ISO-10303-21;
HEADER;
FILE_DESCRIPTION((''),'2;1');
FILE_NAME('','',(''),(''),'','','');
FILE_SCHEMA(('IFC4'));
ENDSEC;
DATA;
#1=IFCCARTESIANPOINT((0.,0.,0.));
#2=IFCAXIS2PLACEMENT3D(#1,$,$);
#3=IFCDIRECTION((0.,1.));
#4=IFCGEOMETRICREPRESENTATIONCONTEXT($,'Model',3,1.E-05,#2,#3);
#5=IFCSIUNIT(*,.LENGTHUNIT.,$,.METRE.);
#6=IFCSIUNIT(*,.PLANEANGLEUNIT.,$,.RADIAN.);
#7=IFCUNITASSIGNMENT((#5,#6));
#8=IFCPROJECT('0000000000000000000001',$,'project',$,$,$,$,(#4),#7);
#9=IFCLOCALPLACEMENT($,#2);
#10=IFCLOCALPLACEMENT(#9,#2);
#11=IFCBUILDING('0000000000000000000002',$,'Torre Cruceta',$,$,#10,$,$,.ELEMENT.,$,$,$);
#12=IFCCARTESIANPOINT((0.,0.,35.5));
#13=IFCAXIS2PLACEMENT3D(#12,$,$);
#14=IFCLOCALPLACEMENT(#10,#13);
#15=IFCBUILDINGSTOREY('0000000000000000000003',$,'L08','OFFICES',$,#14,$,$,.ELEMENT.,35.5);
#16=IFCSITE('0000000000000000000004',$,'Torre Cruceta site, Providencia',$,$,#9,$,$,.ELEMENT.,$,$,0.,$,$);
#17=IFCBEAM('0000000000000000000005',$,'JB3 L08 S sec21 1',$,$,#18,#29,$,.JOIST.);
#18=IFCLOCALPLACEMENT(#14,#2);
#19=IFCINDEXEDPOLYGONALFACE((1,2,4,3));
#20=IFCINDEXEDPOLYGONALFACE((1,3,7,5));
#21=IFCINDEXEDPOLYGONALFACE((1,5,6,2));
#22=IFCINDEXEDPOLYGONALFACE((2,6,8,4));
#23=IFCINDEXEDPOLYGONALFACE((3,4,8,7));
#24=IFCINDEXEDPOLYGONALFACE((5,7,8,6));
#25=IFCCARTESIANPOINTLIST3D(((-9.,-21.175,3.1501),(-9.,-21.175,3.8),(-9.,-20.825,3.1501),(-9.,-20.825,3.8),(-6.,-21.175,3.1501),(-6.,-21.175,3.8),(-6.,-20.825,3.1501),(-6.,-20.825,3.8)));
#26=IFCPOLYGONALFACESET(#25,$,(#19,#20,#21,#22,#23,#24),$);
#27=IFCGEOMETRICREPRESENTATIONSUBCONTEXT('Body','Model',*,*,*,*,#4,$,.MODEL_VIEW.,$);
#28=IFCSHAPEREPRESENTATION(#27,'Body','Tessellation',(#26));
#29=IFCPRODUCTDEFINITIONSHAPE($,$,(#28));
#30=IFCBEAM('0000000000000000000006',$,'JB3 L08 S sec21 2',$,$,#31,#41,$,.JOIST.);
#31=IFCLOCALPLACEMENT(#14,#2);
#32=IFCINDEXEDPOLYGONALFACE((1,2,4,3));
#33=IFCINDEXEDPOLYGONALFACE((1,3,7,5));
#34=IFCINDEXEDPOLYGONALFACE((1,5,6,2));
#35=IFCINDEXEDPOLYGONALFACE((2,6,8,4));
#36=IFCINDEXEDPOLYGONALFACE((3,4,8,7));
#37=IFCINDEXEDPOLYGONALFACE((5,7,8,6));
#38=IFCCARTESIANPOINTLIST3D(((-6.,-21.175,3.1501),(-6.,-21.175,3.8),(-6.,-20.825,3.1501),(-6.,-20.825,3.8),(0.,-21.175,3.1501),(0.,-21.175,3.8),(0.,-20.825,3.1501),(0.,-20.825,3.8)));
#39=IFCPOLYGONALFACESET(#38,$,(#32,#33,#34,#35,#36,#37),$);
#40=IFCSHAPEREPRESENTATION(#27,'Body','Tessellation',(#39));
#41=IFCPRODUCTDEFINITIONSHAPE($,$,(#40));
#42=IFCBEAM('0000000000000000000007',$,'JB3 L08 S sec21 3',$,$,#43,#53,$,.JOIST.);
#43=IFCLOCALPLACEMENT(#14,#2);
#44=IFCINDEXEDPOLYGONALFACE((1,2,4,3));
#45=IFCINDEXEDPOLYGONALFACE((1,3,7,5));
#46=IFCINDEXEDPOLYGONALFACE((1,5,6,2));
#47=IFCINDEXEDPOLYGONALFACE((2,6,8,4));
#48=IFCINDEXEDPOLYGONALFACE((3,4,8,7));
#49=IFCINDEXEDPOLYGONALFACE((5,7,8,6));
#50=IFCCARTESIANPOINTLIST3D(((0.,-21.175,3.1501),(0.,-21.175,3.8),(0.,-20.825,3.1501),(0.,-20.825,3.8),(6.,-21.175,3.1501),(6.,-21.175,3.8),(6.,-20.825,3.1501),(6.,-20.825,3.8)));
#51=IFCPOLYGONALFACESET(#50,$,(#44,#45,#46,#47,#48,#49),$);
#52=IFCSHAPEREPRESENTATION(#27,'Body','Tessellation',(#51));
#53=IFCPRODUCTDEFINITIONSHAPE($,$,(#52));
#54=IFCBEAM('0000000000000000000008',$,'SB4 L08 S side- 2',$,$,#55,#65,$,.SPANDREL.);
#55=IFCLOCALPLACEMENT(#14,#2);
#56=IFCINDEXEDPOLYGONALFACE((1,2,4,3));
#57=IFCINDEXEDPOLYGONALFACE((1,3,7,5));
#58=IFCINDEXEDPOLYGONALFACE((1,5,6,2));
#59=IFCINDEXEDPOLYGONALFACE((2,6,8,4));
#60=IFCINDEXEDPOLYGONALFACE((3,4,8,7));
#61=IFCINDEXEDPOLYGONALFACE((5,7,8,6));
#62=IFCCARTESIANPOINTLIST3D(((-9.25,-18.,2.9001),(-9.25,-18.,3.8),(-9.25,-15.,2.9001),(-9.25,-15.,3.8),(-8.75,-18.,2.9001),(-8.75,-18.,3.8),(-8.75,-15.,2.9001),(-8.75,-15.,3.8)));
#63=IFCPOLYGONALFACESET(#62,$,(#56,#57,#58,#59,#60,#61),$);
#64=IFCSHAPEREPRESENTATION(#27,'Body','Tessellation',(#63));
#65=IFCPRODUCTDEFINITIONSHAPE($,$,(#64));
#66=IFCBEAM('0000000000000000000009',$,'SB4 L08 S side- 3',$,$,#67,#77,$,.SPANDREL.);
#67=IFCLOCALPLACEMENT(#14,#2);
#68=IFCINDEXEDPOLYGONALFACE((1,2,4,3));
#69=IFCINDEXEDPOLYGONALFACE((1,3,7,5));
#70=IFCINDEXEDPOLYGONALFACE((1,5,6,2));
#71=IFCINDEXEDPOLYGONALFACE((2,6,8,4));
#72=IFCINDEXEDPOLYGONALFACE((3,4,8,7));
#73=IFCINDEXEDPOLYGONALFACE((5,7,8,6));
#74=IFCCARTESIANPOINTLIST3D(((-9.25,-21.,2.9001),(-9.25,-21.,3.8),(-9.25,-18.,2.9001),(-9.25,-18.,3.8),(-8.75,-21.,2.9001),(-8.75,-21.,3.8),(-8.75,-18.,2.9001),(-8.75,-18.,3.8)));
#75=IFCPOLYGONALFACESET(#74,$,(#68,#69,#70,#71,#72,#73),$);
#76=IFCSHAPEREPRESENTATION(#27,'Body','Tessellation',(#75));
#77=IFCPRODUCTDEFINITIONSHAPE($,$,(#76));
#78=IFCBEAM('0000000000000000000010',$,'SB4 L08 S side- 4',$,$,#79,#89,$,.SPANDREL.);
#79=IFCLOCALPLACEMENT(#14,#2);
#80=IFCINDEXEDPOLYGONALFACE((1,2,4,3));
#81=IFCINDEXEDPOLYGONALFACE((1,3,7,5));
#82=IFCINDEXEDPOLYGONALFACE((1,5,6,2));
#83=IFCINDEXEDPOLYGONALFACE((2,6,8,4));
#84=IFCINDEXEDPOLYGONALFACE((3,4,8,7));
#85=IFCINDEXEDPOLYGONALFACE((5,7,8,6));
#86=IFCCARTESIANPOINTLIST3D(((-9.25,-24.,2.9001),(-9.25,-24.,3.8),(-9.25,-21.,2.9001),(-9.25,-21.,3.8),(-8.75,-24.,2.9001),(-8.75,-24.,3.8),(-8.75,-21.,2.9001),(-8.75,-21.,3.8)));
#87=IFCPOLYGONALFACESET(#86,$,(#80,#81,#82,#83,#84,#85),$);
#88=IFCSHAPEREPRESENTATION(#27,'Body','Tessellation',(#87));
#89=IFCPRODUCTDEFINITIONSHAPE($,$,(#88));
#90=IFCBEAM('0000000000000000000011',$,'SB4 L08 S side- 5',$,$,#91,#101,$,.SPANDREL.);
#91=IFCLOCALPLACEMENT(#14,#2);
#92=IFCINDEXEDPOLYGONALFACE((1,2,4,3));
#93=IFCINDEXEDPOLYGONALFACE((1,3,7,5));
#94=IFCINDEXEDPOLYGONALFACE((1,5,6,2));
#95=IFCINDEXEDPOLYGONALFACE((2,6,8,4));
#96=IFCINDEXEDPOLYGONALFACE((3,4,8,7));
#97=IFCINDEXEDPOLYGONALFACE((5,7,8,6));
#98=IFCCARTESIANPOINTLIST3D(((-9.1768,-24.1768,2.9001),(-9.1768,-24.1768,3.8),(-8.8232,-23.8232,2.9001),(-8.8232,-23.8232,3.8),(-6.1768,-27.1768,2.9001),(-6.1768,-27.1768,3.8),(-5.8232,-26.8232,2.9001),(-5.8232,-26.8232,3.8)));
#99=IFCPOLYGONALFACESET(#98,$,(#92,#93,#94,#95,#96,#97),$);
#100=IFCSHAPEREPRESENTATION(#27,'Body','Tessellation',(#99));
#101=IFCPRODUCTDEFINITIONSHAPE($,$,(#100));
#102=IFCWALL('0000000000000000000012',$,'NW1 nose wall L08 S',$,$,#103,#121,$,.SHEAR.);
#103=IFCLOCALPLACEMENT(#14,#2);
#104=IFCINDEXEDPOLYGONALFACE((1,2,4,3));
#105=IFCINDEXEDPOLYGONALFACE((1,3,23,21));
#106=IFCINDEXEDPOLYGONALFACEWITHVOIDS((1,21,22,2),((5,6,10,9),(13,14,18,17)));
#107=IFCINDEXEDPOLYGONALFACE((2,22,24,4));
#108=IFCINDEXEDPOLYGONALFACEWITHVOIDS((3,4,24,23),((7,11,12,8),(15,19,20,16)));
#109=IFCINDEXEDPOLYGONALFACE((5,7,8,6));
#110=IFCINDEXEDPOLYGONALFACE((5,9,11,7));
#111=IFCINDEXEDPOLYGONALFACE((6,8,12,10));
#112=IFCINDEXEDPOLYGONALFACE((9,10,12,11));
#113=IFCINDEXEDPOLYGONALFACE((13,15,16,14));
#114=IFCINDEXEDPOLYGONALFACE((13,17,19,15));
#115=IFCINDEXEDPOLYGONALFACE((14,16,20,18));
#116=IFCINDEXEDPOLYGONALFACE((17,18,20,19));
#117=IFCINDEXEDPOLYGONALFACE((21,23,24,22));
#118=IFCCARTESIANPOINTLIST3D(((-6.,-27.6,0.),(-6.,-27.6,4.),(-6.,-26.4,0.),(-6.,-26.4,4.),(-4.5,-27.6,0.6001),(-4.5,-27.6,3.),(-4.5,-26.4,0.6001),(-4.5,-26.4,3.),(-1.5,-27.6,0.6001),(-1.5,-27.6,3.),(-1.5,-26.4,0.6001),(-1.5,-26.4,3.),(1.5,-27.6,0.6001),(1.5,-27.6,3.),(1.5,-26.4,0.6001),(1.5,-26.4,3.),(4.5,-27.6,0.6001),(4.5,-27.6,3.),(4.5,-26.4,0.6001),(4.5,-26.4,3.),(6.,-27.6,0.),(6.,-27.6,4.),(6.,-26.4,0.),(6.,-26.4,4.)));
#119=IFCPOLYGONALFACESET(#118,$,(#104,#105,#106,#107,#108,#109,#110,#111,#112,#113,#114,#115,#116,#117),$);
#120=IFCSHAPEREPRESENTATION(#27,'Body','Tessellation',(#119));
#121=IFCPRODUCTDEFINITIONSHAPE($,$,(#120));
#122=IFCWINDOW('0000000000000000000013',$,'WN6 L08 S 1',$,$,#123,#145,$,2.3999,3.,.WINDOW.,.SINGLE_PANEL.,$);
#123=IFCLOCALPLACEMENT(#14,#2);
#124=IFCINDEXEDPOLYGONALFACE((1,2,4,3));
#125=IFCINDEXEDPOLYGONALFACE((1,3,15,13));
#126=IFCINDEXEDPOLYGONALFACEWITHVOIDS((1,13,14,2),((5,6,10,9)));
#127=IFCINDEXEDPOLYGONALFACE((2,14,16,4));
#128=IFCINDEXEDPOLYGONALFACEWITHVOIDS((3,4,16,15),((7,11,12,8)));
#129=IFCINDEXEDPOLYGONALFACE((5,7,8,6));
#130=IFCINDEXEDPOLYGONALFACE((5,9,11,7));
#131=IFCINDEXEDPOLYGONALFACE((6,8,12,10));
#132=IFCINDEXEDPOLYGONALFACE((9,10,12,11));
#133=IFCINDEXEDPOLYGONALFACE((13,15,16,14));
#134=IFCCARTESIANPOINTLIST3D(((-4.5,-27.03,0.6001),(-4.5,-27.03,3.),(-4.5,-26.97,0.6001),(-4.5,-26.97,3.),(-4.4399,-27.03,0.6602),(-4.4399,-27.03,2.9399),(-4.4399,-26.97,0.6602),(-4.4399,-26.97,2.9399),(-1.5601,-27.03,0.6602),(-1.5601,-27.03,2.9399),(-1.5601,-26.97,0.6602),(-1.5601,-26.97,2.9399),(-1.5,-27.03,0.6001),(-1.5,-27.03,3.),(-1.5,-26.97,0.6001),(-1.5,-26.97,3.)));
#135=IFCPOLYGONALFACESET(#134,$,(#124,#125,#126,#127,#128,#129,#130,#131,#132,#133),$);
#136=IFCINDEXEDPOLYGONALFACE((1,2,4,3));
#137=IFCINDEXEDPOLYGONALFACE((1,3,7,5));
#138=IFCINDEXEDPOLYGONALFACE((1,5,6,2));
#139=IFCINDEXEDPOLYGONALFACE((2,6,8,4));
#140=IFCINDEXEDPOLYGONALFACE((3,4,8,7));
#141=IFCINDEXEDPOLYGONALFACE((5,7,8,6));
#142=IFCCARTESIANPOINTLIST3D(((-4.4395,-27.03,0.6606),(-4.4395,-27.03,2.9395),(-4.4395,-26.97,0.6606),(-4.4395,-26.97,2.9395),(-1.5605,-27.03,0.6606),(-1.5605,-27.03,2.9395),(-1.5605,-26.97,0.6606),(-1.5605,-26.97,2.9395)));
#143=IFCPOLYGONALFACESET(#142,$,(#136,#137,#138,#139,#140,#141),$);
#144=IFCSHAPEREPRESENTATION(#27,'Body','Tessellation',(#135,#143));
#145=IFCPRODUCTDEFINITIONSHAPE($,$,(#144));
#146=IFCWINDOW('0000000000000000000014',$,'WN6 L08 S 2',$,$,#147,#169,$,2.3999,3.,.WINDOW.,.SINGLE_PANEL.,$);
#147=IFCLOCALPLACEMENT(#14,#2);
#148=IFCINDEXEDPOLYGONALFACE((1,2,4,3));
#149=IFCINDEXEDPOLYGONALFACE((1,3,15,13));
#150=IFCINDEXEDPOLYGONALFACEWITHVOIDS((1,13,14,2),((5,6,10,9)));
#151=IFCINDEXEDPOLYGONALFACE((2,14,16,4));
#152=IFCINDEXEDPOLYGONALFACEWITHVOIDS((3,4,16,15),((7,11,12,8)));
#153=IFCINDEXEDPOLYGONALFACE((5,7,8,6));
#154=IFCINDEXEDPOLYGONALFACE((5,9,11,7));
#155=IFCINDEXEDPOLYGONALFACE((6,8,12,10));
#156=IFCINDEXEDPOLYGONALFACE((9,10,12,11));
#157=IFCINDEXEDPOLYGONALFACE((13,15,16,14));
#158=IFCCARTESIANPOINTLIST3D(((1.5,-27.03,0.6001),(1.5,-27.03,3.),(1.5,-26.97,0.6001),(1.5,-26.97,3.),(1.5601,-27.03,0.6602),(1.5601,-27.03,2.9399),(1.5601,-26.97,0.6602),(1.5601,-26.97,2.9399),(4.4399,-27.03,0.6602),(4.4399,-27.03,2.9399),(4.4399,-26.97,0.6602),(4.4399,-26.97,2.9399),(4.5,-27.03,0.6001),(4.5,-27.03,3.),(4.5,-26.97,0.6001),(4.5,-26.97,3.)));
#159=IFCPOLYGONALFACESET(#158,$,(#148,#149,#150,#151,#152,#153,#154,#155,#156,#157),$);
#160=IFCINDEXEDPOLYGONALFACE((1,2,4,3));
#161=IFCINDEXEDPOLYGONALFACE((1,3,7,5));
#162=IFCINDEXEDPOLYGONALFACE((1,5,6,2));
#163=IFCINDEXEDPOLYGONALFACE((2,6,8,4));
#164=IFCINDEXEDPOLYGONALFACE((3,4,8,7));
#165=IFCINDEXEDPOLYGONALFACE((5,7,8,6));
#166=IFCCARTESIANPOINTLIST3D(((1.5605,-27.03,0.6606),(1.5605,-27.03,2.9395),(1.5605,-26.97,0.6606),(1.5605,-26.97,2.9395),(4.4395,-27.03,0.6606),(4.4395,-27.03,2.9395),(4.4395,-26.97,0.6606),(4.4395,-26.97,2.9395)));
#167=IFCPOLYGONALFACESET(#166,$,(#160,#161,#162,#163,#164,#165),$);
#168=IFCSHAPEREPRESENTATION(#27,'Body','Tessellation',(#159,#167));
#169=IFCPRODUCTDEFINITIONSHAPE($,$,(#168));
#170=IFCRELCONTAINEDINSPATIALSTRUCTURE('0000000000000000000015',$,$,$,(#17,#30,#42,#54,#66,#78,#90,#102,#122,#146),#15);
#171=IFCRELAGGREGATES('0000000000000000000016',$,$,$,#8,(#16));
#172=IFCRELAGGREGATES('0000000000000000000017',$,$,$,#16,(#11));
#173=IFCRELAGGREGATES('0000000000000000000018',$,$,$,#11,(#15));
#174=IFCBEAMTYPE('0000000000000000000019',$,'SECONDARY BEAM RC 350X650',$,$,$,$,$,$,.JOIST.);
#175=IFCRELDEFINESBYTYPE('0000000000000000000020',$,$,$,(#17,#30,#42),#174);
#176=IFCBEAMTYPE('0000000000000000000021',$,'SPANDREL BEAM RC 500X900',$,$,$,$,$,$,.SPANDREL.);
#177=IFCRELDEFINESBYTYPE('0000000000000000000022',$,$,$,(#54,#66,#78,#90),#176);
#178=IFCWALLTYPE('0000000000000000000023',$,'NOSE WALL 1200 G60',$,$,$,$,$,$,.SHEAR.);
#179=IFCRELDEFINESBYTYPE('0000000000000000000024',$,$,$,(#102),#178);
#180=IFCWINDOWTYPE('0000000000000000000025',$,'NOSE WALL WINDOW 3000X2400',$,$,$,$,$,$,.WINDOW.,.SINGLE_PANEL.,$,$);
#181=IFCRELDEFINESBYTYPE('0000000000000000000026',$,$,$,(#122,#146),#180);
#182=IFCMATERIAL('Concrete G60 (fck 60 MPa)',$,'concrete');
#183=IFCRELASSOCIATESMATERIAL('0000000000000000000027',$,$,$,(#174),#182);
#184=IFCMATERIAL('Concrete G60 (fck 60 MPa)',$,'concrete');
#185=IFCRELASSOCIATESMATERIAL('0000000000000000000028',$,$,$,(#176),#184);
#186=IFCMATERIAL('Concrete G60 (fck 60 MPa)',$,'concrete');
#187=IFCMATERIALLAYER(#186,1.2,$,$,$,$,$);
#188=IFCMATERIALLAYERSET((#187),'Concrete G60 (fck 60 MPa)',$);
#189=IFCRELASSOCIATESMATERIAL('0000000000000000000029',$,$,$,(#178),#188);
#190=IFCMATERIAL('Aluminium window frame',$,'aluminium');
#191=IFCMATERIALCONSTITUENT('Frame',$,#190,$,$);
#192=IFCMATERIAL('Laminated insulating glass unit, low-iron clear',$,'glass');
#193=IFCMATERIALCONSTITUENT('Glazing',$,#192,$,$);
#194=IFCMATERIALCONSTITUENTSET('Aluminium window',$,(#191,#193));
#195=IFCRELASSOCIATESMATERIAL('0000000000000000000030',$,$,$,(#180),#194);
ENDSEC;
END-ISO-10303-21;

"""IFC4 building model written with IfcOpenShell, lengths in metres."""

from ifc_helpers import new_model, si_unit, direction, frame, frame_2d, origin, origin_2d, place, context, subcontext, project, spatial, rectangle, hollow_rectangle, extrude, material, layer, layer_set, constituent, constituent_set, material_profile, profile_set, type_object, element, fill, save


model = new_model("IFC4")

# Units and contexts
model_context = context("Model", 3, precision=1e-05, world=origin(), true_north=direction((0.0, 1.0)))
body_context = subcontext(model_context, "Body", "Model", "MODEL_VIEW")
ifc_project = project(units=[si_unit("LENGTHUNIT", "METRE"), si_unit("PLANEANGLEUNIT", "RADIAN")], contexts=[model_context])

# Site, building, storey
site_placement = place(None, origin())
site = spatial("IfcSite", under=ifc_project, at=site_placement, Name="Torre Cruceta site, Providencia", CompositionType="ELEMENT", RefElevation=0.0)
building_placement = place(site_placement, origin())
building = spatial("IfcBuilding", under=site, at=building_placement, Name="Torre Cruceta", CompositionType="ELEMENT")
storey_placement = place(building_placement, frame((0.0, 0.0, 35.5)))
storey = spatial("IfcBuildingStorey", under=building, at=storey_placement, Name="L08", Description="OFFICES", CompositionType="ELEMENT", Elevation=35.5)

# Beams
ifc_material_1 = material(Name="Concrete G60 (fck 60 MPa)", Category="concrete")
ifc_material_profile_1 = material_profile(ifc_material_1, rectangle(XDim=0.3501, YDim=0.6499, at=origin_2d()), Name="RC 350X650")
ifc_profile_set_1 = profile_set([ifc_material_profile_1], Name="Concrete G60 (fck 60 MPa)")
beam_type_1 = type_object("IfcBeamType", Name="SECONDARY BEAM RC 350X650", PredefinedType="JOIST", material=ifc_profile_set_1)
beam_1_placement = place(storey_placement, frame((-9.0, -21.0, 3.4751), z_axis=(1.0, 0.0, 0.0), x_axis=(0.0, 1.0, 0.0)))
element("IfcBeam", 1, at=beam_1_placement, inside=storey, type_object=beam_type_1, Name="JB3 L08 S sec21 1", PredefinedType="JOIST", context=body_context, shape_type="SweptSolid", body=[
    extrude(rectangle(XDim=0.3501, YDim=0.6499, at=origin_2d()), origin(), (0.0, 0.0, 1.0), 3.0),
])
for number, where, z_axis, x_axis, name in (
    (2, (-6.0, -21.0, 3.4751), (1.0, 0.0, 0.0), (0.0, 1.0, 0.0), "JB3 L08 S sec21 2"),
    (3, (0.0, -21.0, 3.4751), (1.0, 0.0, 0.0), (0.0, 1.0, 0.0), "JB3 L08 S sec21 3"),
):
    element("IfcBeam", number, at=place(storey_placement, frame(where, z_axis=z_axis, x_axis=x_axis)), inside=storey, type_object=beam_type_1, Name=name, PredefinedType="JOIST", context=body_context, shape_type="SweptSolid", body=[
        extrude(rectangle(XDim=0.3501, YDim=0.6499, at=origin_2d()), origin(), (0.0, 0.0, 1.0), 6.0),
    ])
ifc_material_2 = material(Name="Concrete G60 (fck 60 MPa)", Category="concrete")
ifc_material_profile_2 = material_profile(ifc_material_2, rectangle(XDim=0.5, YDim=0.8999, at=origin_2d()), Name="RC 500X900")
ifc_profile_set_2 = profile_set([ifc_material_profile_2], Name="Concrete G60 (fck 60 MPa)")
beam_type_2 = type_object("IfcBeamType", Name="SPANDREL BEAM RC 500X900", PredefinedType="SPANDREL", material=ifc_profile_set_2)
for number, where, z_axis, x_axis, name in (
    (4, (-9.0, -15.0, 3.3501), (0.0, -1.0, 0.0), (1.0, 0.0, 0.0), "SB4 L08 S side- 2"),
    (5, (-9.0, -18.0, 3.3501), (0.0, -1.0, 0.0), (1.0, 0.0, 0.0), "SB4 L08 S side- 3"),
    (6, (-9.0, -21.0, 3.3501), (0.0, -1.0, 0.0), (1.0, 0.0, 0.0), "SB4 L08 S side- 4"),
):
    element("IfcBeam", number, at=place(storey_placement, frame(where, z_axis=z_axis, x_axis=x_axis)), inside=storey, type_object=beam_type_2, Name=name, PredefinedType="SPANDREL", context=body_context, shape_type="SweptSolid", body=[
        extrude(rectangle(XDim=0.5, YDim=0.8999, at=origin_2d()), origin(), (0.0, 0.0, 1.0), 3.0),
    ])
beam_2_placement = place(storey_placement, frame((-9.0, -24.0, 3.3501), z_axis=(0.707107, -0.707107, 0.0), x_axis=(0.707107, 0.707107, 0.0)))
element("IfcBeam", 7, at=beam_2_placement, inside=storey, type_object=beam_type_2, Name="SB4 L08 S side- 5", PredefinedType="SPANDREL", context=body_context, shape_type="SweptSolid", body=[
    extrude(rectangle(XDim=0.5, YDim=0.8999, at=origin_2d()), origin(), (0.0, 0.0, 1.0), 4.2427),
])

# Wall, openings, windows
ifc_material_3 = material(Name="Concrete G60 (fck 60 MPa)", Category="concrete")
ifc_layer_1 = layer(ifc_material_3, 1.2)
ifc_layer_set_1 = layer_set([ifc_layer_1], Name="Concrete G60 (fck 60 MPa)")
wall_type_1 = type_object("IfcWallType", Name="NOSE WALL 1200 G60", PredefinedType="SHEAR", material=ifc_layer_set_1)
wall_1_placement = place(storey_placement, frame((-6.0, -27.0, 0.0), z_axis=(0.0, 0.0, 1.0), x_axis=(1.0, 0.0, 0.0)))
wall_1 = element("IfcWall", 8, at=wall_1_placement, inside=storey, type_object=wall_type_1, Name="NW1 nose wall L08 S", PredefinedType="SHEAR", context=body_context, shape_type="SweptSolid", body=[
    extrude(rectangle(XDim=12.0, YDim=1.2, at=frame_2d((6.0, 0.0))), origin(), (0.0, 0.0, 1.0), 4.0),
])
opening_1_placement = place(wall_1_placement, frame((1.5, 0.0, 0.6001)))
opening_1 = element("IfcOpeningElement", 9, at=opening_1_placement, cuts=wall_1, PredefinedType="OPENING", context=body_context, shape_type="SweptSolid", body=[
    extrude(rectangle(XDim=3.0, YDim=2.3999, at=frame_2d((1.5, 1.2))), frame((0.0, 0.6099, 0.0), z_axis=(0.0, -1.0, 0.0), x_axis=(1.0, 0.0, 0.0)), (0.0, 0.0, 1.0), 1.22),
])
opening_2_placement = place(wall_1_placement, frame((7.5, 0.0, 0.6001)))
opening_2 = element("IfcOpeningElement", 10, at=opening_2_placement, cuts=wall_1, PredefinedType="OPENING", context=body_context, shape_type="SweptSolid", body=[
    extrude(rectangle(XDim=3.0, YDim=2.3999, at=frame_2d((1.5, 1.2))), frame((0.0, 0.6099, 0.0), z_axis=(0.0, -1.0, 0.0), x_axis=(1.0, 0.0, 0.0)), (0.0, 0.0, 1.0), 1.22),
])
ifc_material_4 = material(Name="Aluminium window frame", Category="aluminium")
ifc_constituent_1 = constituent(ifc_material_4, Name="Frame")
ifc_material_5 = material(Name="Laminated insulating glass unit, low-iron clear", Category="glass")
ifc_constituent_2 = constituent(ifc_material_5, Name="Glazing")
ifc_constituent_set_1 = constituent_set(constituents=[ifc_constituent_1, ifc_constituent_2], Name="Aluminium window")
window_type = type_object("IfcWindowType", Name="NOSE WALL WINDOW 3000X2400", PartitioningType="SINGLE_PANEL", PredefinedType="WINDOW", material=ifc_constituent_set_1)
window_1_placement = place(opening_1_placement, origin())
window_1 = element("IfcWindow", 11, at=window_1_placement, inside=storey, type_object=window_type, Name="WN6 L08 S 1", OverallHeight=2.3999, OverallWidth=3.0, PartitioningType="SINGLE_PANEL", PredefinedType="WINDOW", context=body_context, shape_type="SweptSolid", body=[
    extrude(hollow_rectangle(XDim=3.0, YDim=2.3999, WallThickness=0.0601, at=frame_2d((1.5, 1.2))), frame((0.0, 0.03, 0.0), z_axis=(0.0, -1.0, 0.0), x_axis=(1.0, 0.0, 0.0)), (0.0, 0.0, 1.0), 0.0601),
    extrude(rectangle(XDim=2.8789, YDim=2.2788, at=frame_2d((1.5, 1.2))), frame((0.0, 0.03, 0.0), z_axis=(0.0, -1.0, 0.0), x_axis=(1.0, 0.0, 0.0)), (0.0, 0.0, 1.0), 0.0601),
])
fill(opening_1, window_1)
window_2_placement = place(opening_2_placement, origin())
window_2 = element("IfcWindow", 12, at=window_2_placement, inside=storey, type_object=window_type, Name="WN6 L08 S 2", OverallHeight=2.3999, OverallWidth=3.0, PartitioningType="SINGLE_PANEL", PredefinedType="WINDOW", context=body_context, shape_type="SweptSolid", body=[
    extrude(hollow_rectangle(XDim=3.0, YDim=2.3999, WallThickness=0.0601, at=frame_2d((1.5, 1.2))), frame((0.0, 0.03, 0.0), z_axis=(0.0, -1.0, 0.0), x_axis=(1.0, 0.0, 0.0)), (0.0, 0.0, 1.0), 0.0601),
    extrude(rectangle(XDim=2.8789, YDim=2.2788, at=frame_2d((1.5, 1.2))), frame((0.0, 0.03, 0.0), z_axis=(0.0, -1.0, 0.0), x_axis=(1.0, 0.0, 0.0)), (0.0, 0.0, 1.0), 0.0601),
])
fill(opening_2, window_2)

save(model, "model.ifc")
